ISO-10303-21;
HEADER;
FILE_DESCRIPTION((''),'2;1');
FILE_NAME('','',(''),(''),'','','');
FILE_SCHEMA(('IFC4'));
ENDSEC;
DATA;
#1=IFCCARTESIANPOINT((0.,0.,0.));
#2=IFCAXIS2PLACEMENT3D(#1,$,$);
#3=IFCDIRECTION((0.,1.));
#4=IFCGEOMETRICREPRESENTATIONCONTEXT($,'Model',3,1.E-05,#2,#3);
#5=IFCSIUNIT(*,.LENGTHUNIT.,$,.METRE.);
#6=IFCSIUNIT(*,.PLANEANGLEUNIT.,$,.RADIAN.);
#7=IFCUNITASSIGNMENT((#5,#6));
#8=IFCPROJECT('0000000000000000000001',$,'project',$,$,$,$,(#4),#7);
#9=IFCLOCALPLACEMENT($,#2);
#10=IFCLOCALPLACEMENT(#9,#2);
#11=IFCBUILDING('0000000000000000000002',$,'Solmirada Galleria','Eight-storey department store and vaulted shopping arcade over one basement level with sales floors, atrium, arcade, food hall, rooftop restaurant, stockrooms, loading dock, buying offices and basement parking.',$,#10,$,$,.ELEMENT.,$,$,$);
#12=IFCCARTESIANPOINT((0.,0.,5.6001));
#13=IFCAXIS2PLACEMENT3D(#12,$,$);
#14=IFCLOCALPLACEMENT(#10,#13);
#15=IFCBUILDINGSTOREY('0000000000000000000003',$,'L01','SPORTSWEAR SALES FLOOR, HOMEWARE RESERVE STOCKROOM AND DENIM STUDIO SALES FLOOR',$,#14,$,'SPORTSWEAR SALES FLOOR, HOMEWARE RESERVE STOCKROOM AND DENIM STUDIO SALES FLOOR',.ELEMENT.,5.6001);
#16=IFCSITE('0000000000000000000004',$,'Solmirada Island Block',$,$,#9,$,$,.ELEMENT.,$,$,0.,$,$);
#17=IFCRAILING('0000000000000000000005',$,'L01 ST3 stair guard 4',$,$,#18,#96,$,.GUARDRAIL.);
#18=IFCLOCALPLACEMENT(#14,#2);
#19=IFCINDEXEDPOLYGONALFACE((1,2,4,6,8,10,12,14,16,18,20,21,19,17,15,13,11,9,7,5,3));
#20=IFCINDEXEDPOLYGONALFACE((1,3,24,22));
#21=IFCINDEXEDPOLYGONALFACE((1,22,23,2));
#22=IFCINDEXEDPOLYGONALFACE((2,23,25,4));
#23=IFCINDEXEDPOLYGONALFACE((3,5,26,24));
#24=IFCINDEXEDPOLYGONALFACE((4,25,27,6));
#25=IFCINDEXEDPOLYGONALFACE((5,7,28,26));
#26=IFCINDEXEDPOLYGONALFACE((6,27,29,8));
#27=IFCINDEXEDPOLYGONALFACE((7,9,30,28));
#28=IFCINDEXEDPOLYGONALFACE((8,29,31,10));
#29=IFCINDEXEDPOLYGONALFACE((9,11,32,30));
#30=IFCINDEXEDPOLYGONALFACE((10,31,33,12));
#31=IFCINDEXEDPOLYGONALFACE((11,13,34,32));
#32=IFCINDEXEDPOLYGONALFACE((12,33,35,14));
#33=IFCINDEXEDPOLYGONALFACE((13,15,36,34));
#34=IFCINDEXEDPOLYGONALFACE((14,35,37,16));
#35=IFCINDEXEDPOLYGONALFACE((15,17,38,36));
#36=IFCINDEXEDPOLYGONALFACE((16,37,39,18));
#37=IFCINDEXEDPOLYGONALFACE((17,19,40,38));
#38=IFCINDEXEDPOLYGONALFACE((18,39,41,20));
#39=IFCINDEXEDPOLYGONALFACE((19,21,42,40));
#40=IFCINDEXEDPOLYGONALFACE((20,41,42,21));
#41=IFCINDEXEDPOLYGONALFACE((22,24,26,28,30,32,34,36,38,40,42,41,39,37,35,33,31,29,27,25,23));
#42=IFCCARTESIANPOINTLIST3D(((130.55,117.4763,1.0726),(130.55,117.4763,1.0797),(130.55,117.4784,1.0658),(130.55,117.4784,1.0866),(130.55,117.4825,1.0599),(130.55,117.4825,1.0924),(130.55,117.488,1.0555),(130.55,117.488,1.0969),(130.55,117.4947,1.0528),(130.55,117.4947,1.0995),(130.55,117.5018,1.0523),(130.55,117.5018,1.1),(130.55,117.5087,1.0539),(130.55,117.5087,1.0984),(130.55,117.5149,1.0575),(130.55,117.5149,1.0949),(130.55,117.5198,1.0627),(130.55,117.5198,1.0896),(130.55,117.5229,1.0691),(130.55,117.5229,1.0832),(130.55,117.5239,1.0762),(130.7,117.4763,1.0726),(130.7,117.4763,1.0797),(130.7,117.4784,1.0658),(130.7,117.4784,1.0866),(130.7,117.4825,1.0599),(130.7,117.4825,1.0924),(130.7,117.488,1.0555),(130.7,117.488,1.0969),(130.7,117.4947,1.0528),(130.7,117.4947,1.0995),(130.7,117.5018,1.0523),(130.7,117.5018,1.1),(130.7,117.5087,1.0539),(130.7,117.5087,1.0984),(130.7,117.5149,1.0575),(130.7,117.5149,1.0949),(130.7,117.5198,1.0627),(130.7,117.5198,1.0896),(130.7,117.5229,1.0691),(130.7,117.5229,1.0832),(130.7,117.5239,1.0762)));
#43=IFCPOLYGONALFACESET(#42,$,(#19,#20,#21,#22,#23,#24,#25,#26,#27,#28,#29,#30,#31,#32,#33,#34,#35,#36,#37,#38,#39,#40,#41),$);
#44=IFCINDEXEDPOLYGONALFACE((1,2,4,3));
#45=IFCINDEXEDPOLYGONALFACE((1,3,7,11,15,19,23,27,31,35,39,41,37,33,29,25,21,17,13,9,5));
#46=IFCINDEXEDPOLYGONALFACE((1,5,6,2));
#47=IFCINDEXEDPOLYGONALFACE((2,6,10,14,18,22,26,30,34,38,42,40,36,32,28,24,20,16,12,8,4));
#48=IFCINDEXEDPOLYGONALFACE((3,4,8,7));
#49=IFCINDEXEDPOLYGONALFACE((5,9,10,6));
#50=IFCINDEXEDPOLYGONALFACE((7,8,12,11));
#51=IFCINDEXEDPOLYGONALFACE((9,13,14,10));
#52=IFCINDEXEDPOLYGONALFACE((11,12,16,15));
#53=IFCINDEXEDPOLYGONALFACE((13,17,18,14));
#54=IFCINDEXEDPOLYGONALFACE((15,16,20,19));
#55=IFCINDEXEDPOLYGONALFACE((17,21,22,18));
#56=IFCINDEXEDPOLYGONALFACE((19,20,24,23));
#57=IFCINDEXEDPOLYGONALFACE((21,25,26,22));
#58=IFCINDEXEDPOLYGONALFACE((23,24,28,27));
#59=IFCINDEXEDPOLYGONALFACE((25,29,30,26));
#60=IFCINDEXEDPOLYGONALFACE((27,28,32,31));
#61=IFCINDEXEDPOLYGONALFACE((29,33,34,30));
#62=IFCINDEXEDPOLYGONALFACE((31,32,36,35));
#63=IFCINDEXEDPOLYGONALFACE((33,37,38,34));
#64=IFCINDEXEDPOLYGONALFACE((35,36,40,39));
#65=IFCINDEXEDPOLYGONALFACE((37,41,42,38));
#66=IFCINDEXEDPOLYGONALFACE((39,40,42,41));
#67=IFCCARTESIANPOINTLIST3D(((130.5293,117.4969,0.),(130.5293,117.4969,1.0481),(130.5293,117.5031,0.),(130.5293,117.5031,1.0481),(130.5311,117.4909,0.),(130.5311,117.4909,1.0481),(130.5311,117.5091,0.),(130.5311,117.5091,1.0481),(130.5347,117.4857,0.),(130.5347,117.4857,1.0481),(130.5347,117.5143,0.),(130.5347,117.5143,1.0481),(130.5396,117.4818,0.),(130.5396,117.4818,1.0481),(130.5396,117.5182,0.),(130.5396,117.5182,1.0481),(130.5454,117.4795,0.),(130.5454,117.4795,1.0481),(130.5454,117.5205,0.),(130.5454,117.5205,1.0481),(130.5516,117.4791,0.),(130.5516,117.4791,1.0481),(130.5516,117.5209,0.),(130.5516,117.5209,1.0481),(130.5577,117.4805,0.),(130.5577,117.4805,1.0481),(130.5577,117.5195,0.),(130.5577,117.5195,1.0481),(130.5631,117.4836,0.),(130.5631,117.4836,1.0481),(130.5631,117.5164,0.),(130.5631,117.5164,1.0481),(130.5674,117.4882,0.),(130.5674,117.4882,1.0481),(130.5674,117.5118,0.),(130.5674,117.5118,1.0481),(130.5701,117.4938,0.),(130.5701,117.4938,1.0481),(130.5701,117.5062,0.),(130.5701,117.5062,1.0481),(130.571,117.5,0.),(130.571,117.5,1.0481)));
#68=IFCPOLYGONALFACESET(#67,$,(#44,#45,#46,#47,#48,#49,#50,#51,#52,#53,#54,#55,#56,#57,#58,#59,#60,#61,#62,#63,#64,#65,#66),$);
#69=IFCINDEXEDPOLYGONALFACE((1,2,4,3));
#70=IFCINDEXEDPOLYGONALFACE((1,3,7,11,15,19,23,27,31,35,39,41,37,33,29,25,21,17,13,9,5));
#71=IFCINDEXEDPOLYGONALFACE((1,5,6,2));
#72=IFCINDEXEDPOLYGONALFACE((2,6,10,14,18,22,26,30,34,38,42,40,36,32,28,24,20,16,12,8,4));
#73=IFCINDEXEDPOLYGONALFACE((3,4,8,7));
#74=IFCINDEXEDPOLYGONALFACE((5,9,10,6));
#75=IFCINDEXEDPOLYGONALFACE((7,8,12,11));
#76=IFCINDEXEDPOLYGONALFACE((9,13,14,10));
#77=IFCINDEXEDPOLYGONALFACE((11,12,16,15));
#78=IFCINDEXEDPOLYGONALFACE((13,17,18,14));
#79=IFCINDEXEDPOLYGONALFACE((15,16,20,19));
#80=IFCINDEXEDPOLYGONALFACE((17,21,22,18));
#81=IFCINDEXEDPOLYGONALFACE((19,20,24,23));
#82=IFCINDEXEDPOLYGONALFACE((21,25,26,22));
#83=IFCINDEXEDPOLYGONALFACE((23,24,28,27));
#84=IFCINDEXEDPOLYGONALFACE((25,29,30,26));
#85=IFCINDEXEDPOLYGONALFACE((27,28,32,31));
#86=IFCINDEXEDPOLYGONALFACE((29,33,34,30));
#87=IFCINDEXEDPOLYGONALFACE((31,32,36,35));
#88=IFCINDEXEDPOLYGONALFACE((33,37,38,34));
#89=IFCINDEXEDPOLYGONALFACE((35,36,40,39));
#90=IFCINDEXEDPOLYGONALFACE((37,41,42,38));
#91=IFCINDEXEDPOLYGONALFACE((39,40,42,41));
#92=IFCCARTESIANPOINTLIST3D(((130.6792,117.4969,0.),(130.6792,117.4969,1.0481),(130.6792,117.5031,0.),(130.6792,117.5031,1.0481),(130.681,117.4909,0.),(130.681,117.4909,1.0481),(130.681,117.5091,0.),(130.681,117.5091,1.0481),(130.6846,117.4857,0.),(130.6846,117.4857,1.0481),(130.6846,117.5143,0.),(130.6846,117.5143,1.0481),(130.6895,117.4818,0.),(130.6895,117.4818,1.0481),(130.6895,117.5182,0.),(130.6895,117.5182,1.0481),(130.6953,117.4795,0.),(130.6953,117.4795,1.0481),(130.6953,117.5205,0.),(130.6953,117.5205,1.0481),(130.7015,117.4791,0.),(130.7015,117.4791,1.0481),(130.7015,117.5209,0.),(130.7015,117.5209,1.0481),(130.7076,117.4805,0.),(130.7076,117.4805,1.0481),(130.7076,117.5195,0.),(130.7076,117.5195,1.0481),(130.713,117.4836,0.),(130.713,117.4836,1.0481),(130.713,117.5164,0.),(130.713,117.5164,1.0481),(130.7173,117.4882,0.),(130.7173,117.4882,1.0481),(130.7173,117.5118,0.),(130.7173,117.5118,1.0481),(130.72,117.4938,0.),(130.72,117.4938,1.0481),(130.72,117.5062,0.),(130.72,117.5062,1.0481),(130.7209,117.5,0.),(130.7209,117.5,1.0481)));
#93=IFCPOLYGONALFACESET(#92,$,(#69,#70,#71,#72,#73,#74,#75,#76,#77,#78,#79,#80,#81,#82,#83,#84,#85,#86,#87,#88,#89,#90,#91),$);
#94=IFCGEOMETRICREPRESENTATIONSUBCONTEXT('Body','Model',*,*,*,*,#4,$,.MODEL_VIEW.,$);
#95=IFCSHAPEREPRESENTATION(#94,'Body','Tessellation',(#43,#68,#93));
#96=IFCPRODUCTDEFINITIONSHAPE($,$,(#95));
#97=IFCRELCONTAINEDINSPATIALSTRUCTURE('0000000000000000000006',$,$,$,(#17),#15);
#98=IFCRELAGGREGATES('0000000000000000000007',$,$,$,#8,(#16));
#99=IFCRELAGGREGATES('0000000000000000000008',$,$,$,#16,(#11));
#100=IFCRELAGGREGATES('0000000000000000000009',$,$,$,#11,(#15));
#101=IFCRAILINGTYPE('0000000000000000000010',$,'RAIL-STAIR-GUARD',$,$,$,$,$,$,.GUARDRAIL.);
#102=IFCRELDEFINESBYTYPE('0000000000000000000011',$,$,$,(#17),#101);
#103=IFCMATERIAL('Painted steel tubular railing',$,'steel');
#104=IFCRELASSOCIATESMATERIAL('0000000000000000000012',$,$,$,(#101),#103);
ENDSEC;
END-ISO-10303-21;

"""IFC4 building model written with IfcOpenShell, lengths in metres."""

from ifc_helpers import new_model, si_unit, direction, frame, origin, origin_2d, place, context, subcontext, project, spatial, circle, extrude, material, type_object, element, save


model = new_model("IFC4")

# Units and contexts
model_context = context("Model", 3, precision=1e-05, world=origin(), true_north=direction((0.0, 1.0)))
body_context = subcontext(model_context, "Body", "Model", "MODEL_VIEW")
ifc_project = project(units=[si_unit("LENGTHUNIT", "METRE"), si_unit("PLANEANGLEUNIT", "RADIAN")], contexts=[model_context])

# Site, building, storey
site_placement = place(None, origin())
site = spatial("IfcSite", under=ifc_project, at=site_placement, Name="Solmirada Island Block", CompositionType="ELEMENT", RefElevation=0.0)
building_placement = place(site_placement, origin())
building = spatial("IfcBuilding", under=site, at=building_placement, Name="Solmirada Galleria", Description="Eight-storey department store and vaulted shopping arcade over one basement level with sales floors, atrium, arcade, food hall, rooftop restaurant, stockrooms, loading dock, buying offices and basement parking.", CompositionType="ELEMENT")
storey_placement = place(building_placement, frame((0.0, 0.0, 5.6001)))
storey = spatial("IfcBuildingStorey", under=building, at=storey_placement, Name="L01", Description="SPORTSWEAR SALES FLOOR, HOMEWARE RESERVE STOCKROOM AND DENIM STUDIO SALES FLOOR", LongName="SPORTSWEAR SALES FLOOR, HOMEWARE RESERVE STOCKROOM AND DENIM STUDIO SALES FLOOR", CompositionType="ELEMENT", Elevation=5.6001)

# Railing
ifc_material_1 = material(Name="Painted steel tubular railing", Category="steel")
railing_type = type_object("IfcRailingType", Name="RAIL-STAIR-GUARD", PredefinedType="GUARDRAIL", material=ifc_material_1)
railing_1_placement = place(storey_placement, frame((130.55, 117.5, 0.0)))
element("IfcRailing", 1, at=railing_1_placement, inside=storey, type_object=railing_type, Name="L01 ST3 stair guard 4", PredefinedType="GUARDRAIL", context=body_context, shape_type="SweptSolid", body=[
    extrude(circle(Radius=0.0239, at=origin_2d()), frame((0.0, 0.0, 1.0762), z_axis=(1.0, 0.0, 0.0), x_axis=(0.0, 1.0, 0.0)), (0.0, 0.0, 1.0), 0.1499),
    extrude(circle(Radius=0.021, at=origin_2d()), origin(), (0.0, 0.0, 1.0), 1.0481),
    extrude(circle(Radius=0.021, at=origin_2d()), frame((0.1499, 0.0, 0.0)), (0.0, 0.0, 1.0), 1.0481),
])

save(model, "model.ifc")
